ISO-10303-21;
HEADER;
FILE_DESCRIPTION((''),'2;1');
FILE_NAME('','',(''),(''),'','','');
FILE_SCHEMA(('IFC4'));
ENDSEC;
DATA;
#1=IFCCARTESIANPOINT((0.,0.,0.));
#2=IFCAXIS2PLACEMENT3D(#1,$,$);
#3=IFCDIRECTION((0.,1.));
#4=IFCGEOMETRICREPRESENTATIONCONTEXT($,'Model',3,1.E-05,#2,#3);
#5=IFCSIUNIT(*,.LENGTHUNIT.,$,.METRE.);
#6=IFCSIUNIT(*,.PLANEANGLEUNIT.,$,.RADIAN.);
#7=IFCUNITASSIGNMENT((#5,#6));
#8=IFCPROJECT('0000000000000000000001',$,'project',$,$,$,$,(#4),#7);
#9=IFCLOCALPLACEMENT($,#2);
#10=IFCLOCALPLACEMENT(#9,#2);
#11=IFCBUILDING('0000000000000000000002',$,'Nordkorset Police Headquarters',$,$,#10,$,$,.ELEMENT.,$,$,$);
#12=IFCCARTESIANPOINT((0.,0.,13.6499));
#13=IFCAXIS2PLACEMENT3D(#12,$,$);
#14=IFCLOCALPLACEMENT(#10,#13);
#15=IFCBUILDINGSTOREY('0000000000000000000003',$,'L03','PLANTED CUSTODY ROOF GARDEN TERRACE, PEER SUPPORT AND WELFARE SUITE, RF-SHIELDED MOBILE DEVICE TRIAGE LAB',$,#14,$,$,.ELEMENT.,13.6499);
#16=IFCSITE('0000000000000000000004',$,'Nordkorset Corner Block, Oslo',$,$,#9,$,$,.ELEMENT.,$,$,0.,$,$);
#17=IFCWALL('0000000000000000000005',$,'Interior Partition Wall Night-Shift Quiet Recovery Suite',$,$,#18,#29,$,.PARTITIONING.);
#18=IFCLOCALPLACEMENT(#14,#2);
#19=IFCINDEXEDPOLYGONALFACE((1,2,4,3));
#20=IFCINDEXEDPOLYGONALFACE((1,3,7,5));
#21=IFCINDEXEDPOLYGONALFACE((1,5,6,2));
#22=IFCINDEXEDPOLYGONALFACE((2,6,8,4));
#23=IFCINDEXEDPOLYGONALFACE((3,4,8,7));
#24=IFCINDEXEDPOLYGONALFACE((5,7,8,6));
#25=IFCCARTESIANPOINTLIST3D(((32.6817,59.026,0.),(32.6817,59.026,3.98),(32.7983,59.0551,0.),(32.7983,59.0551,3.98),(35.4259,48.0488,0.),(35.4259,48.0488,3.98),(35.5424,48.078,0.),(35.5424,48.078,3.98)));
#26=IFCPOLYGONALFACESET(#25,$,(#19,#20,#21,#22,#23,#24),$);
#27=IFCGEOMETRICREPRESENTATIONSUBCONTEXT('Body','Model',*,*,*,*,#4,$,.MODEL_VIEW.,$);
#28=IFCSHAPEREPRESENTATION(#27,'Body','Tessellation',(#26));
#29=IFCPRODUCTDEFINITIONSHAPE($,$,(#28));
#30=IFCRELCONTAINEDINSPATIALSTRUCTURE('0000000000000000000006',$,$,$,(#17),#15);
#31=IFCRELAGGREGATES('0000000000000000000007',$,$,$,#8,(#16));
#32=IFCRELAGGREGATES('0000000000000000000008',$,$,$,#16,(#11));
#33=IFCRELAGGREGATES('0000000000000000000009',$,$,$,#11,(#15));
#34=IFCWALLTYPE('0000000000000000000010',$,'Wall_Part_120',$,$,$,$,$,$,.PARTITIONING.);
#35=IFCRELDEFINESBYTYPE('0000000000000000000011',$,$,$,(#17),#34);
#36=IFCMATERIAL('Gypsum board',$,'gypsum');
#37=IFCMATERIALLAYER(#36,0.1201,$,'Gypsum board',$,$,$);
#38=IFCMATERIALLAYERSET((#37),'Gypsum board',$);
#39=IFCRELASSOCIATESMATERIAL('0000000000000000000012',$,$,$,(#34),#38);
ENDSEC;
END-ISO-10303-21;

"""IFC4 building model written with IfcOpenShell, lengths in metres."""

from ifc_helpers import new_model, si_unit, direction, frame, frame_2d, origin, place, context, subcontext, project, spatial, rectangle, extrude, material, layer, layer_set, type_object, element, save


model = new_model("IFC4")

# Units and contexts
model_context = context("Model", 3, precision=1e-05, world=origin(), true_north=direction((0.0, 1.0)))
body_context = subcontext(model_context, "Body", "Model", "MODEL_VIEW")
ifc_project = project(units=[si_unit("LENGTHUNIT", "METRE"), si_unit("PLANEANGLEUNIT", "RADIAN")], contexts=[model_context])

# Site, building, storey
site_placement = place(None, origin())
site = spatial("IfcSite", under=ifc_project, at=site_placement, Name="Nordkorset Corner Block, Oslo", CompositionType="ELEMENT", RefElevation=0.0)
building_placement = place(site_placement, origin())
building = spatial("IfcBuilding", under=site, at=building_placement, Name="Nordkorset Police Headquarters", CompositionType="ELEMENT")
storey_placement = place(building_placement, frame((0.0, 0.0, 13.6499)))
storey = spatial("IfcBuildingStorey", under=building, at=storey_placement, Name="L03", Description="PLANTED CUSTODY ROOF GARDEN TERRACE, PEER SUPPORT AND WELFARE SUITE, RF-SHIELDED MOBILE DEVICE TRIAGE LAB", CompositionType="ELEMENT", Elevation=13.6499)

# Shared definitions
ifc_material_1 = material(Name="Gypsum board", Category="gypsum")
ifc_layer_1 = layer(ifc_material_1, 0.1201, Name="Gypsum board")
ifc_layer_set_1 = layer_set([ifc_layer_1], Name="Gypsum board")
wall_type = type_object("IfcWallType", Name="Wall_Part_120", PredefinedType="PARTITIONING", material=ifc_layer_set_1)

# Wall
wall_1_placement = place(storey_placement, frame((32.74, 59.0405, 0.0), z_axis=(0.0, 0.0, 1.0), x_axis=(0.242525, -0.970145, 0.0)))
element("IfcWall", 1, at=wall_1_placement, inside=storey, type_object=wall_type, Name="Interior Partition Wall Night-Shift Quiet Recovery Suite", PredefinedType="PARTITIONING", context=body_context, shape_type="SweptSolid", body=[
    extrude(rectangle(XDim=11.3149, YDim=0.1201, at=frame_2d((5.6575, 0.0))), origin(), (0.0, 0.0, 1.0), 3.98),
])

save(model, "model.ifc")
